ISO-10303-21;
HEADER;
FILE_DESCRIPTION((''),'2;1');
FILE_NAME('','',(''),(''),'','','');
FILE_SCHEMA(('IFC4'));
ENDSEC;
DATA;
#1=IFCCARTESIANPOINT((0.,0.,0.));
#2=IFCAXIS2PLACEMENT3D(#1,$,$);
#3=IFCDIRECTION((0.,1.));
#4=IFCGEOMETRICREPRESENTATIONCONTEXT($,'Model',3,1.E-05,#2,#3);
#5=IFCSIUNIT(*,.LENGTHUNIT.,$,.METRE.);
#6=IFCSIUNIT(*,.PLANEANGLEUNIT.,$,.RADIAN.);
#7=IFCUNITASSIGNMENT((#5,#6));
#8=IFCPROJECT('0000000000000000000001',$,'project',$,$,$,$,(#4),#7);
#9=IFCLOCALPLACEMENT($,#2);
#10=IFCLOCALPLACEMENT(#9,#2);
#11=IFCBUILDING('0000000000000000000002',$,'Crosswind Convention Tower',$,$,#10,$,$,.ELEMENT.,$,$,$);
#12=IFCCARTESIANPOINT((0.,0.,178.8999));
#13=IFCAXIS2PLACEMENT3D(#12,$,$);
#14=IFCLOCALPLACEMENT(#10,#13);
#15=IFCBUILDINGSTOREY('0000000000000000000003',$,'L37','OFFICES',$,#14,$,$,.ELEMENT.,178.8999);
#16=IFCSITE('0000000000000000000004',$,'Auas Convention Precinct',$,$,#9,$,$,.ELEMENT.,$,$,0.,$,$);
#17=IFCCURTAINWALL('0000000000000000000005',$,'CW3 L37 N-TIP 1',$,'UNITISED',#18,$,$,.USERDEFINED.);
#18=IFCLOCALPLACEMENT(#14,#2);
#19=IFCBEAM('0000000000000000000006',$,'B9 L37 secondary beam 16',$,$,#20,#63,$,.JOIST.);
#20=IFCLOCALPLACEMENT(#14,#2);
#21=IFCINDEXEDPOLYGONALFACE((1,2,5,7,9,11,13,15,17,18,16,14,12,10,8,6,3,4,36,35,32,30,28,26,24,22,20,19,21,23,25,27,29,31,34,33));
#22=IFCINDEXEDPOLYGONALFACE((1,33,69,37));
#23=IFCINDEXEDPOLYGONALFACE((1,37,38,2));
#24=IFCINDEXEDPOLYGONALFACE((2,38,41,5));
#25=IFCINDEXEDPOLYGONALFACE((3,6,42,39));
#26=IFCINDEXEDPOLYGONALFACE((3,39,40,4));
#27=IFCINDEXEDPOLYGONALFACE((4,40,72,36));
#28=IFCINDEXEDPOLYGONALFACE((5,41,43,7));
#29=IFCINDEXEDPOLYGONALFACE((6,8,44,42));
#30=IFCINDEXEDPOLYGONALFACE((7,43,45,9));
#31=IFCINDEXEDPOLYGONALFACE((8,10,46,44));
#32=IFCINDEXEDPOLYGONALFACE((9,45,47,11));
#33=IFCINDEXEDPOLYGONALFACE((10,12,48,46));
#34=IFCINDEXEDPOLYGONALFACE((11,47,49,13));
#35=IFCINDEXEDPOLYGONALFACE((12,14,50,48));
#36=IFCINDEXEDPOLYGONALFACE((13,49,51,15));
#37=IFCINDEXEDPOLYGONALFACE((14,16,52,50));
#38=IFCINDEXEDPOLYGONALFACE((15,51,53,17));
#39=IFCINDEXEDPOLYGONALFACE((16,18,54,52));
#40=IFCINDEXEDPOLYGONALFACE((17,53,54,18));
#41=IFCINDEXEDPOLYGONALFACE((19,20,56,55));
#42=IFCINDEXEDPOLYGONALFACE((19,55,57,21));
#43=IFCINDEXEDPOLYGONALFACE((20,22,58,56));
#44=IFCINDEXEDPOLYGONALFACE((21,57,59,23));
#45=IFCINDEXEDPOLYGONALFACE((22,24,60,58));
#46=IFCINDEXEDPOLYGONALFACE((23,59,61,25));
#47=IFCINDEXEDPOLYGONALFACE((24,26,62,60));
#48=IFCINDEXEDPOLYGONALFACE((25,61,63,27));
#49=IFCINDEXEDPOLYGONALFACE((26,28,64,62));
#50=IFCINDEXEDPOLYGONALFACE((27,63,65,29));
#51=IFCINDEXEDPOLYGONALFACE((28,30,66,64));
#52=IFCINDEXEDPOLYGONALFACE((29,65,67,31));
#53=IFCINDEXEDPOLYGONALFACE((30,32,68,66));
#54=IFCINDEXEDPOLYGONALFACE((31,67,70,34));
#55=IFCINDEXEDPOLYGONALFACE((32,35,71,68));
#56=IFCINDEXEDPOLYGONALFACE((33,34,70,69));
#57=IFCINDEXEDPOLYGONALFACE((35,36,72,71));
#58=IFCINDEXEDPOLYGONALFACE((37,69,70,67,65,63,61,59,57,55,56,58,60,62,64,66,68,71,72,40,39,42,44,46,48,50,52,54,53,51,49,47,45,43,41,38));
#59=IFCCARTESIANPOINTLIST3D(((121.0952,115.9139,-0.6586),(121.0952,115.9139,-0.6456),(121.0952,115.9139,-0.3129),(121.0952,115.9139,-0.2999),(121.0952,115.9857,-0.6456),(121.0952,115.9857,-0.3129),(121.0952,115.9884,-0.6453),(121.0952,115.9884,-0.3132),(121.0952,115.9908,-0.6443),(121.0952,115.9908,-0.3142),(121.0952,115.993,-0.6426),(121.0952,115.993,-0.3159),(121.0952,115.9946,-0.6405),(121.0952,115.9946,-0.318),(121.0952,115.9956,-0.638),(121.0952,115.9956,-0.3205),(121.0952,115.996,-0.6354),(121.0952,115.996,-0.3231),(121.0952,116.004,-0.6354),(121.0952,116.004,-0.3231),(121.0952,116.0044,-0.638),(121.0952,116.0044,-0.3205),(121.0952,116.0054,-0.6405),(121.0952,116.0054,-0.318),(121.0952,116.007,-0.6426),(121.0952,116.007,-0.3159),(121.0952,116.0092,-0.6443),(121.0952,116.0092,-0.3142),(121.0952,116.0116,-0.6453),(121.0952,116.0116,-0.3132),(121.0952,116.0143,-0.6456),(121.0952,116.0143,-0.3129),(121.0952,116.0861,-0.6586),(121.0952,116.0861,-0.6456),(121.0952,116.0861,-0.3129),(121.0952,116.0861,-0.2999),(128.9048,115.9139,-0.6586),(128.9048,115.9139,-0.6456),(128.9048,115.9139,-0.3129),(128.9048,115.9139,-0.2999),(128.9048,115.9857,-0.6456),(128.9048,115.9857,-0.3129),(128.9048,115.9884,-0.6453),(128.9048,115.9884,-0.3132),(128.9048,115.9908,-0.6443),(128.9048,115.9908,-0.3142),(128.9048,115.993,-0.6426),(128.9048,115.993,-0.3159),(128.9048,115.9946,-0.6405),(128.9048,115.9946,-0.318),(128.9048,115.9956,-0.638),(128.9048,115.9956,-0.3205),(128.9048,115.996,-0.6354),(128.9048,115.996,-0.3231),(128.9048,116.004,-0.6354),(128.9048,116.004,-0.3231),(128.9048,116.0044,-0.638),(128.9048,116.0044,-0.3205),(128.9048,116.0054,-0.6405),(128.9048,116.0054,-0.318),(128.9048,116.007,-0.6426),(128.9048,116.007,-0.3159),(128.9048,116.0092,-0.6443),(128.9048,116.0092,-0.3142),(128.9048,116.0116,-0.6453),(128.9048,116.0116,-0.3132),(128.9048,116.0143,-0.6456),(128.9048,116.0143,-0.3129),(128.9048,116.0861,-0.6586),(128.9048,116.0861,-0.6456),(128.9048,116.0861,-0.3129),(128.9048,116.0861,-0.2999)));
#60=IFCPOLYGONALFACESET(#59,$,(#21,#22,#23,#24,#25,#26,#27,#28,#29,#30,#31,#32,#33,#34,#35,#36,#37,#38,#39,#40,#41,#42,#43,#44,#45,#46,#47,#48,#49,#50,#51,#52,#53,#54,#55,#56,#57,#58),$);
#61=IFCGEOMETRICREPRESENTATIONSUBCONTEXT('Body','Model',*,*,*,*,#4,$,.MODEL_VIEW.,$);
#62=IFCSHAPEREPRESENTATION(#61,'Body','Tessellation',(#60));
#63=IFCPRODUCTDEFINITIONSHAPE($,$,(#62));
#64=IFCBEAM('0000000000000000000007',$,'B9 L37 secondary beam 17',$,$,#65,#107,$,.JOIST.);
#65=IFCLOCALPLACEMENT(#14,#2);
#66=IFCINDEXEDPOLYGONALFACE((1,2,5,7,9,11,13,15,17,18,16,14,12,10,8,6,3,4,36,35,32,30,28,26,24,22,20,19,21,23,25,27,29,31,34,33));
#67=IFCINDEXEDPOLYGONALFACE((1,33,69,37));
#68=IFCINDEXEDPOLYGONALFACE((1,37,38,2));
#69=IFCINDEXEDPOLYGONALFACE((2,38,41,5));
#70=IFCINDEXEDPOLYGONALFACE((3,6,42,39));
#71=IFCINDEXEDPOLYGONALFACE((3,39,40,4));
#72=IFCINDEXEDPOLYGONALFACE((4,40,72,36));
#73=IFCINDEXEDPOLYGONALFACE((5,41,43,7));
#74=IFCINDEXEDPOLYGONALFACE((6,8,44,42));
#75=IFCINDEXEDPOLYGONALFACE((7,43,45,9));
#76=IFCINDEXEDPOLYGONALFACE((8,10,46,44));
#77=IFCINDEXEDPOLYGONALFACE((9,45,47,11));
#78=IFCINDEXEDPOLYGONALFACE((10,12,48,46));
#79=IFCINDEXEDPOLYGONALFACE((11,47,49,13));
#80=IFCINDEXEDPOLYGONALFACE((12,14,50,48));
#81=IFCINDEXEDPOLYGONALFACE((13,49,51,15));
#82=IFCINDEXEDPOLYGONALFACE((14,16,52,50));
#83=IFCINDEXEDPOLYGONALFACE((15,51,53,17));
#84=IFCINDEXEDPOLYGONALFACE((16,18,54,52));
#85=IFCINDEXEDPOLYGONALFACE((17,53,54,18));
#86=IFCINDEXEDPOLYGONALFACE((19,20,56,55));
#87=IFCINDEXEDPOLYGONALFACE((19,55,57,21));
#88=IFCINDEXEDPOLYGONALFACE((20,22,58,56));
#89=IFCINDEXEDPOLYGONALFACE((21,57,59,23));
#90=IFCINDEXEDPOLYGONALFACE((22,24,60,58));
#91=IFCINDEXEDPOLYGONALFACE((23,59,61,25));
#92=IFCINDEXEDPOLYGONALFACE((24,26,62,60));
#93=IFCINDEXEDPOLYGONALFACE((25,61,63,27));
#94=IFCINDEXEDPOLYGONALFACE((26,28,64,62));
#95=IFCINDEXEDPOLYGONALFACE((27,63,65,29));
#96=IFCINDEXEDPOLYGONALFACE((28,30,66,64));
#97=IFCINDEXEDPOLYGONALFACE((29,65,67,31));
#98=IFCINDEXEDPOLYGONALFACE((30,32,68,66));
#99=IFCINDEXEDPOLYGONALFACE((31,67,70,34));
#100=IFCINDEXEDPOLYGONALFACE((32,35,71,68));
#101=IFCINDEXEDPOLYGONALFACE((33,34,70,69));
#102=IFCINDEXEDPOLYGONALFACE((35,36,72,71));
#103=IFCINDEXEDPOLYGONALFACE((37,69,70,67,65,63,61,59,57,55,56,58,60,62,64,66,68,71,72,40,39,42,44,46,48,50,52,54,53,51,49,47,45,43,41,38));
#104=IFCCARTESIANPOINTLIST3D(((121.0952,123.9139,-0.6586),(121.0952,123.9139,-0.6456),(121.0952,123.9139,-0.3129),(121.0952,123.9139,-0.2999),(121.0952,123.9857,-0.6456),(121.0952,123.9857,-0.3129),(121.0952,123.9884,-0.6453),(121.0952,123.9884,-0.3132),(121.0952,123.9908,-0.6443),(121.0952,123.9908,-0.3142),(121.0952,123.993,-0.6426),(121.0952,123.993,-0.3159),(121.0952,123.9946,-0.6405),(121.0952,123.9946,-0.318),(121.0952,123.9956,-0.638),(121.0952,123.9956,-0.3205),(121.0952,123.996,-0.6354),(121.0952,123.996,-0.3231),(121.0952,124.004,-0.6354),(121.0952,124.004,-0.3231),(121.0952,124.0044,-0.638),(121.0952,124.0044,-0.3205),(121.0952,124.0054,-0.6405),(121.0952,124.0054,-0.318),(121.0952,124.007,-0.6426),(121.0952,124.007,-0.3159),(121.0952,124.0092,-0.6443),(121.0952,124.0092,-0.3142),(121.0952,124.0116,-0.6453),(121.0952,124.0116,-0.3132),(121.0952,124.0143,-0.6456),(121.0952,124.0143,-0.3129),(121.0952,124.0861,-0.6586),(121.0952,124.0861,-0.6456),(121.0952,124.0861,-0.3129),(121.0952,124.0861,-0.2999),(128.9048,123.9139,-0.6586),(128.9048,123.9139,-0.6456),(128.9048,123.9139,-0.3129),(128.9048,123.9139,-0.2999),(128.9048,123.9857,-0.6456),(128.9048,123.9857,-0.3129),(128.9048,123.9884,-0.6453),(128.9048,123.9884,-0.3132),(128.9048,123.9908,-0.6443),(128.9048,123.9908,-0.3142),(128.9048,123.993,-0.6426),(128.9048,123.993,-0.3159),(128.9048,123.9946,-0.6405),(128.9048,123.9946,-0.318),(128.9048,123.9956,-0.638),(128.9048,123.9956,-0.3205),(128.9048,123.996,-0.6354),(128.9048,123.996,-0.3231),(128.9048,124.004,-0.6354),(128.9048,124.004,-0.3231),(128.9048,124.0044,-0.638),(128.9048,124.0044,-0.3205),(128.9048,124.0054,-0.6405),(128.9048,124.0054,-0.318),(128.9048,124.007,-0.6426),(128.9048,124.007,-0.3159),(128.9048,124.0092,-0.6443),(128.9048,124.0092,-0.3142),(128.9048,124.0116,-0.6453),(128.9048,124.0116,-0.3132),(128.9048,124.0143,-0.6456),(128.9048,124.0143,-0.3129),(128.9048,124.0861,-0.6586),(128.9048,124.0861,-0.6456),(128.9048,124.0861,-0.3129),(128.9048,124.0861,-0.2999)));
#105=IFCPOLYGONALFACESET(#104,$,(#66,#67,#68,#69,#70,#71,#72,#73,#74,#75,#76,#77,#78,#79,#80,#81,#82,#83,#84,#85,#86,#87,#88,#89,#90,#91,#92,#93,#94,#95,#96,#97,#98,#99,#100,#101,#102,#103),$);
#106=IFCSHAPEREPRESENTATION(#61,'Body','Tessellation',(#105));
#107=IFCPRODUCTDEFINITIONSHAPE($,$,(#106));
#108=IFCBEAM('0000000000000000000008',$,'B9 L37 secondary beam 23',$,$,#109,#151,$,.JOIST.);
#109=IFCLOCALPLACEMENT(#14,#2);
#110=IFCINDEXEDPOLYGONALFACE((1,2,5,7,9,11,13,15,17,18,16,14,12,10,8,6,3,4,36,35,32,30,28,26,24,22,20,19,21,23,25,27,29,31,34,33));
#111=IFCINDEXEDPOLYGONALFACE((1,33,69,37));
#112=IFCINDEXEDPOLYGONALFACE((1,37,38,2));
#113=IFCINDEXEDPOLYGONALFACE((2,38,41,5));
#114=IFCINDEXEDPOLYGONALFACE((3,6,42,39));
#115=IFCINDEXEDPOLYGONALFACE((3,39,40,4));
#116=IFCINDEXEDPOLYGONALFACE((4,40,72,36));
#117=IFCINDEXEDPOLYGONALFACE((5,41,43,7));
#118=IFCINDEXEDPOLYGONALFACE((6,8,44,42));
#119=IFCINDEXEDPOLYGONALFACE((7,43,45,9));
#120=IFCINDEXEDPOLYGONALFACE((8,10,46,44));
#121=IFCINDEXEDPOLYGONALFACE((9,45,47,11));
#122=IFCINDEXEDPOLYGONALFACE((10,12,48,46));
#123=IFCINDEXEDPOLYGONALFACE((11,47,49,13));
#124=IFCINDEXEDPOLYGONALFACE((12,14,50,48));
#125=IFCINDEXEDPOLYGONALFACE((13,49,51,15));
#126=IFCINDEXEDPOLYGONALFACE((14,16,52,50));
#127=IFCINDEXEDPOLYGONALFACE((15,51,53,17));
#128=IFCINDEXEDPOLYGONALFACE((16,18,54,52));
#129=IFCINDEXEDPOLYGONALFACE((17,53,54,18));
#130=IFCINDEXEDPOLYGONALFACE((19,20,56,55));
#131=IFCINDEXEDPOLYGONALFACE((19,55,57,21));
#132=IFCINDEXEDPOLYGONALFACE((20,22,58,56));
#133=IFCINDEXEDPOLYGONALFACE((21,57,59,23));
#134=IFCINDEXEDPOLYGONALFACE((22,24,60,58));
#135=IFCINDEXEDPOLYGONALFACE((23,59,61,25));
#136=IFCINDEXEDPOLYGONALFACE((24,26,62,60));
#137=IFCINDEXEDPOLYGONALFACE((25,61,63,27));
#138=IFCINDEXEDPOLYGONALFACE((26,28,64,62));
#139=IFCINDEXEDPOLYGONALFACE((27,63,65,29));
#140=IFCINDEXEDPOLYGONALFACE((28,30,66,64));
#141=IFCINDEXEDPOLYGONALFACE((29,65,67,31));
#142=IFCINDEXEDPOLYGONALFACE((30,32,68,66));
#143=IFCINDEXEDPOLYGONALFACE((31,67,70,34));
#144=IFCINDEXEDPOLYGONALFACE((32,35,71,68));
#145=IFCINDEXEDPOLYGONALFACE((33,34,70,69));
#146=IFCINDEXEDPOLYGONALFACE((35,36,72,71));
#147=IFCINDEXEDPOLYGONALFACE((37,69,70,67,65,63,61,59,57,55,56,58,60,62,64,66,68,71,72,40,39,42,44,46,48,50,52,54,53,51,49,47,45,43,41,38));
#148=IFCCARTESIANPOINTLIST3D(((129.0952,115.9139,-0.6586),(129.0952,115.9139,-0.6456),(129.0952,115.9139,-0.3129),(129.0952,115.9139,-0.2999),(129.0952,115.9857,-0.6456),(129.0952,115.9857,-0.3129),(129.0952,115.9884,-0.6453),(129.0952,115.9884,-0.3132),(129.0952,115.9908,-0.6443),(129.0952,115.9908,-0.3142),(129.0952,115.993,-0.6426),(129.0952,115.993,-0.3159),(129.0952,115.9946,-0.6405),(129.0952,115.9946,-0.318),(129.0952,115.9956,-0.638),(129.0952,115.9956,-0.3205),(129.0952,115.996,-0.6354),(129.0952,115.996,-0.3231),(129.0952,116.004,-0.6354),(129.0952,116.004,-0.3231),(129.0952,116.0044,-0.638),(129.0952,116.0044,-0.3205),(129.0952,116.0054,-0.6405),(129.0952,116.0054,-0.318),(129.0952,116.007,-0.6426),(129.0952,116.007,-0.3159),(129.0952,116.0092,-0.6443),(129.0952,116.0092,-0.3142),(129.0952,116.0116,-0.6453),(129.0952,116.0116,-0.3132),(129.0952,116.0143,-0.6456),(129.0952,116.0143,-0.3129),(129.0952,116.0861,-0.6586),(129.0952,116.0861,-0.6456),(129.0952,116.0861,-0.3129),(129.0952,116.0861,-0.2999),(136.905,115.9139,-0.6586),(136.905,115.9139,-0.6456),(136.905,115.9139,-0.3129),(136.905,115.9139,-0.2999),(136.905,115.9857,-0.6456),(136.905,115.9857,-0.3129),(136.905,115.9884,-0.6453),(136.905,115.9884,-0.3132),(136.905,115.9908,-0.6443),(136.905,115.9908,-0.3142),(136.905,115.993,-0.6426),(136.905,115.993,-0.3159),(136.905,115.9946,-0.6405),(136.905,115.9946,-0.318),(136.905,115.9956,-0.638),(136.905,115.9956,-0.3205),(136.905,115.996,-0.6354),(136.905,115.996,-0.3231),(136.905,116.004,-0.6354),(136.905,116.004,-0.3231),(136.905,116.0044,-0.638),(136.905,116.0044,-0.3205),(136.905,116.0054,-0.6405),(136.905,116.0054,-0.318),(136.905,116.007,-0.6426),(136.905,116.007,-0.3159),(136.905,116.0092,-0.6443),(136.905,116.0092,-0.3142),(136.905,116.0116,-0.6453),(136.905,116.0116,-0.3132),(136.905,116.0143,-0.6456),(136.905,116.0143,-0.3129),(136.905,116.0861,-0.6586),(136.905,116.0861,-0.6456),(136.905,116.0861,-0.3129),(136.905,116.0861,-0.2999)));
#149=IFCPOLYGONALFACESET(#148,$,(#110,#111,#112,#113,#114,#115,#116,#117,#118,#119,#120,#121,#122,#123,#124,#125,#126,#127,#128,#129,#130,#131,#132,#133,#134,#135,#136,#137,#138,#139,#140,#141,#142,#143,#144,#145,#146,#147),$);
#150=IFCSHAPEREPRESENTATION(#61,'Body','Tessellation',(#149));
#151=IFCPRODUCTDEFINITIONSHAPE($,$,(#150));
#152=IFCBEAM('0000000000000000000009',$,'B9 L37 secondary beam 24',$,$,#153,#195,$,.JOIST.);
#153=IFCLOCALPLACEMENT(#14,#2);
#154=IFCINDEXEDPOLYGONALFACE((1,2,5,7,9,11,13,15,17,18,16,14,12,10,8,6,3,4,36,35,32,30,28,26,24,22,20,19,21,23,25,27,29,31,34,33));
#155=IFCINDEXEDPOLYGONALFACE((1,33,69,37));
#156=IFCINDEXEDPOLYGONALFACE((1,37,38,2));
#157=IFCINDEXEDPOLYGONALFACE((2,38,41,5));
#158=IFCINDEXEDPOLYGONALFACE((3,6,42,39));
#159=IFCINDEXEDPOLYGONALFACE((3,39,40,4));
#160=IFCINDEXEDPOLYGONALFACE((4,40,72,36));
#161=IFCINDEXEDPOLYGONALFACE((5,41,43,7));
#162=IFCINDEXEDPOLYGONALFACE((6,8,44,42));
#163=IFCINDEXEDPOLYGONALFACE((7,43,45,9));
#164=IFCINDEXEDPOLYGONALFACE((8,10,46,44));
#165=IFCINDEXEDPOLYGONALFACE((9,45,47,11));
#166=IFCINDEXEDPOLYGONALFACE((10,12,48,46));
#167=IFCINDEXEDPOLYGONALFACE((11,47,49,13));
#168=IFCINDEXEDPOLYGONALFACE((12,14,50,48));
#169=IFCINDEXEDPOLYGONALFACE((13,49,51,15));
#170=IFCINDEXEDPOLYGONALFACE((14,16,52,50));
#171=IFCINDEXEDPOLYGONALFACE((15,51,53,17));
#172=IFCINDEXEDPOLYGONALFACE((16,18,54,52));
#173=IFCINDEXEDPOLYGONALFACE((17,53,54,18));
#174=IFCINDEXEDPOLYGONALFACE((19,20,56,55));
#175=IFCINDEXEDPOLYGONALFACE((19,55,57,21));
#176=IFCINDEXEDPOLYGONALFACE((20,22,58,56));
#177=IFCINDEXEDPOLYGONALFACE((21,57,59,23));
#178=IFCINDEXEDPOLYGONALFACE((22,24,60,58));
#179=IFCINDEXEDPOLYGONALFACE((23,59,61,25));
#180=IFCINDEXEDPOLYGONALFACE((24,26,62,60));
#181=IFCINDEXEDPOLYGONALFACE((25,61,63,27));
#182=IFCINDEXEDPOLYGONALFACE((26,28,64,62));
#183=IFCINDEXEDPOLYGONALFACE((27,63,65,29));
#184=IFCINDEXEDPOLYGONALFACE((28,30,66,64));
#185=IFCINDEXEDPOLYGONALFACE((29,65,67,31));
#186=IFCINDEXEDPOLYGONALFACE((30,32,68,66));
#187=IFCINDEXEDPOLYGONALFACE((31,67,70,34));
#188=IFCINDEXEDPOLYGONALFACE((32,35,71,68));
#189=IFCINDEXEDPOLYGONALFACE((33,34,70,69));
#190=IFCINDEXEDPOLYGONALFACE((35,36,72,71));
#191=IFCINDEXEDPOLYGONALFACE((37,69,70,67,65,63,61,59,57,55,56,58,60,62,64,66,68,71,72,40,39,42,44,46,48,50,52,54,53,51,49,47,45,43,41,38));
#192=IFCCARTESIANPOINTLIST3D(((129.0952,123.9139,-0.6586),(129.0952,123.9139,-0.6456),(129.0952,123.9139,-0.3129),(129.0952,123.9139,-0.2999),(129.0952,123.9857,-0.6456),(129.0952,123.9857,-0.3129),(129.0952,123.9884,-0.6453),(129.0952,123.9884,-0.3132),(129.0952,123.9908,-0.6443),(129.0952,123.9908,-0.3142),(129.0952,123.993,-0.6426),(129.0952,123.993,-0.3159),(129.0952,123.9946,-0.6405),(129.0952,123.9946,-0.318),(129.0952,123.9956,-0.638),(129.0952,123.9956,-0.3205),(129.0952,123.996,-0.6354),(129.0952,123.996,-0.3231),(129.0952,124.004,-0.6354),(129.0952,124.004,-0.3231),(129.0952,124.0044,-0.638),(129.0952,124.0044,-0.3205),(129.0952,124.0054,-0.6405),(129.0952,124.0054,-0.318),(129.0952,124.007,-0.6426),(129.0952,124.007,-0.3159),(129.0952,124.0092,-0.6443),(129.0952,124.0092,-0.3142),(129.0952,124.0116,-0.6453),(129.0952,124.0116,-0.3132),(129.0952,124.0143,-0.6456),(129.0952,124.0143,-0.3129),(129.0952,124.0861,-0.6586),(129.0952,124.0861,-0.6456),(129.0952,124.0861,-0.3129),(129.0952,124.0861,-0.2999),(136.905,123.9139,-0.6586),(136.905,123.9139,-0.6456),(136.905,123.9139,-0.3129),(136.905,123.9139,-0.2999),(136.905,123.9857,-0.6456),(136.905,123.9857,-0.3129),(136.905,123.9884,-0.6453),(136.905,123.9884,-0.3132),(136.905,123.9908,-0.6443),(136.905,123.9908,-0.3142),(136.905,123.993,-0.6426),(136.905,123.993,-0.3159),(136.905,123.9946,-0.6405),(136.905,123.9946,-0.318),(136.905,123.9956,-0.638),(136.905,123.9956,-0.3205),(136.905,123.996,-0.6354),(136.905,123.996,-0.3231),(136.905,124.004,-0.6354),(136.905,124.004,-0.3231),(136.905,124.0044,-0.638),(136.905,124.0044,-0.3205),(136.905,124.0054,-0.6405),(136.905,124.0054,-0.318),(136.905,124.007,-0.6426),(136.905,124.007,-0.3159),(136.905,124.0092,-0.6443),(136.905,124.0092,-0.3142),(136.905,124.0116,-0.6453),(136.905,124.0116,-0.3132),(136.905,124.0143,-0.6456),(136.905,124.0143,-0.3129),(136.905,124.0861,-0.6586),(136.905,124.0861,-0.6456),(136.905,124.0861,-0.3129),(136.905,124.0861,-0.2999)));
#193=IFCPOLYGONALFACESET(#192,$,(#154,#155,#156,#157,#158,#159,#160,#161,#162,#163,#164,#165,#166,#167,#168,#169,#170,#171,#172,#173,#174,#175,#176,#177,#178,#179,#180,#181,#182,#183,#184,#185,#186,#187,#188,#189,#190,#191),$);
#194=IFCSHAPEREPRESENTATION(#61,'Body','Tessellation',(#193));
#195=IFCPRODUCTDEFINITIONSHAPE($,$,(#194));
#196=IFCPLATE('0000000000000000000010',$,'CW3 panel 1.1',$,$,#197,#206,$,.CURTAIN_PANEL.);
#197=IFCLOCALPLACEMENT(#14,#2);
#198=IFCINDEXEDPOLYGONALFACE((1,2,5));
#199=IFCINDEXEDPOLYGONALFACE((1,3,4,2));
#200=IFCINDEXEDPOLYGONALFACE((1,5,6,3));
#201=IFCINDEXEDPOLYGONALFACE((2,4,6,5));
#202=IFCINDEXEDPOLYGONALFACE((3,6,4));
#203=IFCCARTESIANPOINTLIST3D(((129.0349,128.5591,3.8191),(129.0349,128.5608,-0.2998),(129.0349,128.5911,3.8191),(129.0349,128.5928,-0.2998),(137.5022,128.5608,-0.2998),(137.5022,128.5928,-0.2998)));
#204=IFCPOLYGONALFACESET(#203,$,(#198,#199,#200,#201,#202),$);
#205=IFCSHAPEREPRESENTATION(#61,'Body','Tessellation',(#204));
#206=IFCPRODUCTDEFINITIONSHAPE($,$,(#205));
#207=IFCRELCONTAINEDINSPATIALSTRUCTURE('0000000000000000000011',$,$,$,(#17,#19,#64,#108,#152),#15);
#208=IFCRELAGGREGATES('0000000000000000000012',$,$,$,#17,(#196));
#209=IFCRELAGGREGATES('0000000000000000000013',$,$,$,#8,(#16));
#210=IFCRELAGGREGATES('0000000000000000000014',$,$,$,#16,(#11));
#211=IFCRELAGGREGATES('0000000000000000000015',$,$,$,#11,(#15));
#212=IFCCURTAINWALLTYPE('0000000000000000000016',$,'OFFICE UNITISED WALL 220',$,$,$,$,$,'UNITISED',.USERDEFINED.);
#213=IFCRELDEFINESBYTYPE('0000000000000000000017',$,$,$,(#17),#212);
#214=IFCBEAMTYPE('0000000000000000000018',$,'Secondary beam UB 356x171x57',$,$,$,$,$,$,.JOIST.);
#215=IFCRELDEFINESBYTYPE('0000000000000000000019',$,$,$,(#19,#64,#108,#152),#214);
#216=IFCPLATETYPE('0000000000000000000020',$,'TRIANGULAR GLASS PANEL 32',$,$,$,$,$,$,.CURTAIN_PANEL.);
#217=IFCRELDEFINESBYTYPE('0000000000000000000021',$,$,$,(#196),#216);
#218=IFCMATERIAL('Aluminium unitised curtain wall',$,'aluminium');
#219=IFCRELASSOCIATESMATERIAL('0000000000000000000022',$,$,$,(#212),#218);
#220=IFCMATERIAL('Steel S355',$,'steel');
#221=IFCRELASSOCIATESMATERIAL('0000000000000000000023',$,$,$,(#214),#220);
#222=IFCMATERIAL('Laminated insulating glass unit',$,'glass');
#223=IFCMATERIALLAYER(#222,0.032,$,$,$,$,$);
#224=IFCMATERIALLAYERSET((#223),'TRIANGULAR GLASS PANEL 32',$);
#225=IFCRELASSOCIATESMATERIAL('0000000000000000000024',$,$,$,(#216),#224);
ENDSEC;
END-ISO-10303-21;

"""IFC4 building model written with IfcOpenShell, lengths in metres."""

from ifc_helpers import new_model, si_unit, direction, frame, origin, origin_2d, place, context, subcontext, project, spatial, polyline, i_section, outline, extrude, material, layer, layer_set, material_profile, profile_set, type_object, element, aggregate, save


model = new_model("IFC4")

# Units and contexts
model_context = context("Model", 3, precision=1e-05, world=origin(), true_north=direction((0.0, 1.0)))
body_context = subcontext(model_context, "Body", "Model", "MODEL_VIEW")
ifc_project = project(units=[si_unit("LENGTHUNIT", "METRE"), si_unit("PLANEANGLEUNIT", "RADIAN")], contexts=[model_context])

# Site, building, storey
site_placement = place(None, origin())
site = spatial("IfcSite", under=ifc_project, at=site_placement, Name="Auas Convention Precinct", CompositionType="ELEMENT", RefElevation=0.0)
building_placement = place(site_placement, origin())
building = spatial("IfcBuilding", under=site, at=building_placement, Name="Crosswind Convention Tower", CompositionType="ELEMENT")
storey_placement = place(building_placement, frame((0.0, 0.0, 178.8999)))
storey = spatial("IfcBuildingStorey", under=building, at=storey_placement, Name="L37", Description="OFFICES", CompositionType="ELEMENT", Elevation=178.8999)

# Shared definitions
ifc_material_1 = material(Name="Steel S355", Category="steel")

# Curtain wall
ifc_material_2 = material(Name="Aluminium unitised curtain wall", Category="aluminium")
curtain_wall_type = type_object("IfcCurtainWallType", Name="OFFICE UNITISED WALL 220", ElementType="UNITISED", PredefinedType="USERDEFINED", material=ifc_material_2)
curtain_wall_placement = place(storey_placement, origin())
curtain_wall = element("IfcCurtainWall", 1, at=curtain_wall_placement, inside=storey, type_object=curtain_wall_type, Name="CW3 L37 N-TIP 1", ObjectType="UNITISED", PredefinedType="USERDEFINED")

# Beams
ifc_material_profile_1 = material_profile(ifc_material_1, i_section(OverallWidth=0.1721, OverallDepth=0.3586, WebThickness=0.0081, FlangeThickness=0.0129, FilletRadius=0.0103, at=origin_2d()), Name="UB 356x171x57")
ifc_profile_set_1 = profile_set([ifc_material_profile_1], Name="Steel S355")
beam_type_1 = type_object("IfcBeamType", Name="Secondary beam UB 356x171x57", PredefinedType="JOIST", material=ifc_profile_set_1)
for number, where, z_axis, x_axis, name in (
    (2, (121.0952, 116.0, -0.4792), (1.0, 0.0, 0.0), (0.0, 1.0, 0.0), "B9 L37 secondary beam 16"),
    (3, (121.0952, 124.0, -0.4792), (1.0, 0.0, 0.0), (0.0, 1.0, 0.0), "B9 L37 secondary beam 17"),
):
    element("IfcBeam", number, at=place(storey_placement, frame(where, z_axis=z_axis, x_axis=x_axis)), inside=storey, type_object=beam_type_1, Name=name, PredefinedType="JOIST", context=body_context, shape_type="SweptSolid", body=[
        extrude(i_section(OverallWidth=0.1721, OverallDepth=0.3586, WebThickness=0.0081, FlangeThickness=0.0129, FilletRadius=0.0103, at=origin_2d()), origin(), (0.0, 0.0, 1.0), 7.8096),
    ])
for number, where, z_axis, x_axis, name in (
    (4, (129.0952, 116.0, -0.4792), (1.0, 0.0, 0.0), (0.0, 1.0, 0.0), "B9 L37 secondary beam 23"),
    (5, (129.0952, 124.0, -0.4792), (1.0, 0.0, 0.0), (0.0, 1.0, 0.0), "B9 L37 secondary beam 24"),
):
    element("IfcBeam", number, at=place(storey_placement, frame(where, z_axis=z_axis, x_axis=x_axis)), inside=storey, type_object=beam_type_1, Name=name, PredefinedType="JOIST", context=body_context, shape_type="SweptSolid", body=[
        extrude(i_section(OverallWidth=0.1721, OverallDepth=0.3586, WebThickness=0.0081, FlangeThickness=0.0129, FilletRadius=0.0103, at=origin_2d()), origin(), (0.0, 0.0, 1.0), 7.8098),
    ])

# Plate
ifc_material_3 = material(Name="Laminated insulating glass unit", Category="glass")
ifc_layer_1 = layer(ifc_material_3, 0.032)
ifc_layer_set_1 = layer_set([ifc_layer_1], Name="TRIANGULAR GLASS PANEL 32")
plate_type = type_object("IfcPlateType", Name="TRIANGULAR GLASS PANEL 32", PredefinedType="CURTAIN_PANEL", material=ifc_layer_set_1)
plate_1_placement = place(storey_placement, frame((129.0349, 128.5928, -0.2998), z_axis=(0.0, 1.0, 0.000415), x_axis=(0.0, -0.000415, 1.0)))
plate_1 = element("IfcPlate", 6, at=plate_1_placement, type_object=plate_type, Name="CW3 panel 1.1", PredefinedType="CURTAIN_PANEL", context=body_context, shape_type="SweptSolid", body=[
    extrude(outline(polyline([(0.0, 0.0), (4.1189, 0.0), (0.0, 8.4673), (0.0, 0.0)])), origin(), (0.0, 0.0, -1.0), 0.032),
])
aggregate(curtain_wall, [plate_1])

save(model, "model.ifc")
